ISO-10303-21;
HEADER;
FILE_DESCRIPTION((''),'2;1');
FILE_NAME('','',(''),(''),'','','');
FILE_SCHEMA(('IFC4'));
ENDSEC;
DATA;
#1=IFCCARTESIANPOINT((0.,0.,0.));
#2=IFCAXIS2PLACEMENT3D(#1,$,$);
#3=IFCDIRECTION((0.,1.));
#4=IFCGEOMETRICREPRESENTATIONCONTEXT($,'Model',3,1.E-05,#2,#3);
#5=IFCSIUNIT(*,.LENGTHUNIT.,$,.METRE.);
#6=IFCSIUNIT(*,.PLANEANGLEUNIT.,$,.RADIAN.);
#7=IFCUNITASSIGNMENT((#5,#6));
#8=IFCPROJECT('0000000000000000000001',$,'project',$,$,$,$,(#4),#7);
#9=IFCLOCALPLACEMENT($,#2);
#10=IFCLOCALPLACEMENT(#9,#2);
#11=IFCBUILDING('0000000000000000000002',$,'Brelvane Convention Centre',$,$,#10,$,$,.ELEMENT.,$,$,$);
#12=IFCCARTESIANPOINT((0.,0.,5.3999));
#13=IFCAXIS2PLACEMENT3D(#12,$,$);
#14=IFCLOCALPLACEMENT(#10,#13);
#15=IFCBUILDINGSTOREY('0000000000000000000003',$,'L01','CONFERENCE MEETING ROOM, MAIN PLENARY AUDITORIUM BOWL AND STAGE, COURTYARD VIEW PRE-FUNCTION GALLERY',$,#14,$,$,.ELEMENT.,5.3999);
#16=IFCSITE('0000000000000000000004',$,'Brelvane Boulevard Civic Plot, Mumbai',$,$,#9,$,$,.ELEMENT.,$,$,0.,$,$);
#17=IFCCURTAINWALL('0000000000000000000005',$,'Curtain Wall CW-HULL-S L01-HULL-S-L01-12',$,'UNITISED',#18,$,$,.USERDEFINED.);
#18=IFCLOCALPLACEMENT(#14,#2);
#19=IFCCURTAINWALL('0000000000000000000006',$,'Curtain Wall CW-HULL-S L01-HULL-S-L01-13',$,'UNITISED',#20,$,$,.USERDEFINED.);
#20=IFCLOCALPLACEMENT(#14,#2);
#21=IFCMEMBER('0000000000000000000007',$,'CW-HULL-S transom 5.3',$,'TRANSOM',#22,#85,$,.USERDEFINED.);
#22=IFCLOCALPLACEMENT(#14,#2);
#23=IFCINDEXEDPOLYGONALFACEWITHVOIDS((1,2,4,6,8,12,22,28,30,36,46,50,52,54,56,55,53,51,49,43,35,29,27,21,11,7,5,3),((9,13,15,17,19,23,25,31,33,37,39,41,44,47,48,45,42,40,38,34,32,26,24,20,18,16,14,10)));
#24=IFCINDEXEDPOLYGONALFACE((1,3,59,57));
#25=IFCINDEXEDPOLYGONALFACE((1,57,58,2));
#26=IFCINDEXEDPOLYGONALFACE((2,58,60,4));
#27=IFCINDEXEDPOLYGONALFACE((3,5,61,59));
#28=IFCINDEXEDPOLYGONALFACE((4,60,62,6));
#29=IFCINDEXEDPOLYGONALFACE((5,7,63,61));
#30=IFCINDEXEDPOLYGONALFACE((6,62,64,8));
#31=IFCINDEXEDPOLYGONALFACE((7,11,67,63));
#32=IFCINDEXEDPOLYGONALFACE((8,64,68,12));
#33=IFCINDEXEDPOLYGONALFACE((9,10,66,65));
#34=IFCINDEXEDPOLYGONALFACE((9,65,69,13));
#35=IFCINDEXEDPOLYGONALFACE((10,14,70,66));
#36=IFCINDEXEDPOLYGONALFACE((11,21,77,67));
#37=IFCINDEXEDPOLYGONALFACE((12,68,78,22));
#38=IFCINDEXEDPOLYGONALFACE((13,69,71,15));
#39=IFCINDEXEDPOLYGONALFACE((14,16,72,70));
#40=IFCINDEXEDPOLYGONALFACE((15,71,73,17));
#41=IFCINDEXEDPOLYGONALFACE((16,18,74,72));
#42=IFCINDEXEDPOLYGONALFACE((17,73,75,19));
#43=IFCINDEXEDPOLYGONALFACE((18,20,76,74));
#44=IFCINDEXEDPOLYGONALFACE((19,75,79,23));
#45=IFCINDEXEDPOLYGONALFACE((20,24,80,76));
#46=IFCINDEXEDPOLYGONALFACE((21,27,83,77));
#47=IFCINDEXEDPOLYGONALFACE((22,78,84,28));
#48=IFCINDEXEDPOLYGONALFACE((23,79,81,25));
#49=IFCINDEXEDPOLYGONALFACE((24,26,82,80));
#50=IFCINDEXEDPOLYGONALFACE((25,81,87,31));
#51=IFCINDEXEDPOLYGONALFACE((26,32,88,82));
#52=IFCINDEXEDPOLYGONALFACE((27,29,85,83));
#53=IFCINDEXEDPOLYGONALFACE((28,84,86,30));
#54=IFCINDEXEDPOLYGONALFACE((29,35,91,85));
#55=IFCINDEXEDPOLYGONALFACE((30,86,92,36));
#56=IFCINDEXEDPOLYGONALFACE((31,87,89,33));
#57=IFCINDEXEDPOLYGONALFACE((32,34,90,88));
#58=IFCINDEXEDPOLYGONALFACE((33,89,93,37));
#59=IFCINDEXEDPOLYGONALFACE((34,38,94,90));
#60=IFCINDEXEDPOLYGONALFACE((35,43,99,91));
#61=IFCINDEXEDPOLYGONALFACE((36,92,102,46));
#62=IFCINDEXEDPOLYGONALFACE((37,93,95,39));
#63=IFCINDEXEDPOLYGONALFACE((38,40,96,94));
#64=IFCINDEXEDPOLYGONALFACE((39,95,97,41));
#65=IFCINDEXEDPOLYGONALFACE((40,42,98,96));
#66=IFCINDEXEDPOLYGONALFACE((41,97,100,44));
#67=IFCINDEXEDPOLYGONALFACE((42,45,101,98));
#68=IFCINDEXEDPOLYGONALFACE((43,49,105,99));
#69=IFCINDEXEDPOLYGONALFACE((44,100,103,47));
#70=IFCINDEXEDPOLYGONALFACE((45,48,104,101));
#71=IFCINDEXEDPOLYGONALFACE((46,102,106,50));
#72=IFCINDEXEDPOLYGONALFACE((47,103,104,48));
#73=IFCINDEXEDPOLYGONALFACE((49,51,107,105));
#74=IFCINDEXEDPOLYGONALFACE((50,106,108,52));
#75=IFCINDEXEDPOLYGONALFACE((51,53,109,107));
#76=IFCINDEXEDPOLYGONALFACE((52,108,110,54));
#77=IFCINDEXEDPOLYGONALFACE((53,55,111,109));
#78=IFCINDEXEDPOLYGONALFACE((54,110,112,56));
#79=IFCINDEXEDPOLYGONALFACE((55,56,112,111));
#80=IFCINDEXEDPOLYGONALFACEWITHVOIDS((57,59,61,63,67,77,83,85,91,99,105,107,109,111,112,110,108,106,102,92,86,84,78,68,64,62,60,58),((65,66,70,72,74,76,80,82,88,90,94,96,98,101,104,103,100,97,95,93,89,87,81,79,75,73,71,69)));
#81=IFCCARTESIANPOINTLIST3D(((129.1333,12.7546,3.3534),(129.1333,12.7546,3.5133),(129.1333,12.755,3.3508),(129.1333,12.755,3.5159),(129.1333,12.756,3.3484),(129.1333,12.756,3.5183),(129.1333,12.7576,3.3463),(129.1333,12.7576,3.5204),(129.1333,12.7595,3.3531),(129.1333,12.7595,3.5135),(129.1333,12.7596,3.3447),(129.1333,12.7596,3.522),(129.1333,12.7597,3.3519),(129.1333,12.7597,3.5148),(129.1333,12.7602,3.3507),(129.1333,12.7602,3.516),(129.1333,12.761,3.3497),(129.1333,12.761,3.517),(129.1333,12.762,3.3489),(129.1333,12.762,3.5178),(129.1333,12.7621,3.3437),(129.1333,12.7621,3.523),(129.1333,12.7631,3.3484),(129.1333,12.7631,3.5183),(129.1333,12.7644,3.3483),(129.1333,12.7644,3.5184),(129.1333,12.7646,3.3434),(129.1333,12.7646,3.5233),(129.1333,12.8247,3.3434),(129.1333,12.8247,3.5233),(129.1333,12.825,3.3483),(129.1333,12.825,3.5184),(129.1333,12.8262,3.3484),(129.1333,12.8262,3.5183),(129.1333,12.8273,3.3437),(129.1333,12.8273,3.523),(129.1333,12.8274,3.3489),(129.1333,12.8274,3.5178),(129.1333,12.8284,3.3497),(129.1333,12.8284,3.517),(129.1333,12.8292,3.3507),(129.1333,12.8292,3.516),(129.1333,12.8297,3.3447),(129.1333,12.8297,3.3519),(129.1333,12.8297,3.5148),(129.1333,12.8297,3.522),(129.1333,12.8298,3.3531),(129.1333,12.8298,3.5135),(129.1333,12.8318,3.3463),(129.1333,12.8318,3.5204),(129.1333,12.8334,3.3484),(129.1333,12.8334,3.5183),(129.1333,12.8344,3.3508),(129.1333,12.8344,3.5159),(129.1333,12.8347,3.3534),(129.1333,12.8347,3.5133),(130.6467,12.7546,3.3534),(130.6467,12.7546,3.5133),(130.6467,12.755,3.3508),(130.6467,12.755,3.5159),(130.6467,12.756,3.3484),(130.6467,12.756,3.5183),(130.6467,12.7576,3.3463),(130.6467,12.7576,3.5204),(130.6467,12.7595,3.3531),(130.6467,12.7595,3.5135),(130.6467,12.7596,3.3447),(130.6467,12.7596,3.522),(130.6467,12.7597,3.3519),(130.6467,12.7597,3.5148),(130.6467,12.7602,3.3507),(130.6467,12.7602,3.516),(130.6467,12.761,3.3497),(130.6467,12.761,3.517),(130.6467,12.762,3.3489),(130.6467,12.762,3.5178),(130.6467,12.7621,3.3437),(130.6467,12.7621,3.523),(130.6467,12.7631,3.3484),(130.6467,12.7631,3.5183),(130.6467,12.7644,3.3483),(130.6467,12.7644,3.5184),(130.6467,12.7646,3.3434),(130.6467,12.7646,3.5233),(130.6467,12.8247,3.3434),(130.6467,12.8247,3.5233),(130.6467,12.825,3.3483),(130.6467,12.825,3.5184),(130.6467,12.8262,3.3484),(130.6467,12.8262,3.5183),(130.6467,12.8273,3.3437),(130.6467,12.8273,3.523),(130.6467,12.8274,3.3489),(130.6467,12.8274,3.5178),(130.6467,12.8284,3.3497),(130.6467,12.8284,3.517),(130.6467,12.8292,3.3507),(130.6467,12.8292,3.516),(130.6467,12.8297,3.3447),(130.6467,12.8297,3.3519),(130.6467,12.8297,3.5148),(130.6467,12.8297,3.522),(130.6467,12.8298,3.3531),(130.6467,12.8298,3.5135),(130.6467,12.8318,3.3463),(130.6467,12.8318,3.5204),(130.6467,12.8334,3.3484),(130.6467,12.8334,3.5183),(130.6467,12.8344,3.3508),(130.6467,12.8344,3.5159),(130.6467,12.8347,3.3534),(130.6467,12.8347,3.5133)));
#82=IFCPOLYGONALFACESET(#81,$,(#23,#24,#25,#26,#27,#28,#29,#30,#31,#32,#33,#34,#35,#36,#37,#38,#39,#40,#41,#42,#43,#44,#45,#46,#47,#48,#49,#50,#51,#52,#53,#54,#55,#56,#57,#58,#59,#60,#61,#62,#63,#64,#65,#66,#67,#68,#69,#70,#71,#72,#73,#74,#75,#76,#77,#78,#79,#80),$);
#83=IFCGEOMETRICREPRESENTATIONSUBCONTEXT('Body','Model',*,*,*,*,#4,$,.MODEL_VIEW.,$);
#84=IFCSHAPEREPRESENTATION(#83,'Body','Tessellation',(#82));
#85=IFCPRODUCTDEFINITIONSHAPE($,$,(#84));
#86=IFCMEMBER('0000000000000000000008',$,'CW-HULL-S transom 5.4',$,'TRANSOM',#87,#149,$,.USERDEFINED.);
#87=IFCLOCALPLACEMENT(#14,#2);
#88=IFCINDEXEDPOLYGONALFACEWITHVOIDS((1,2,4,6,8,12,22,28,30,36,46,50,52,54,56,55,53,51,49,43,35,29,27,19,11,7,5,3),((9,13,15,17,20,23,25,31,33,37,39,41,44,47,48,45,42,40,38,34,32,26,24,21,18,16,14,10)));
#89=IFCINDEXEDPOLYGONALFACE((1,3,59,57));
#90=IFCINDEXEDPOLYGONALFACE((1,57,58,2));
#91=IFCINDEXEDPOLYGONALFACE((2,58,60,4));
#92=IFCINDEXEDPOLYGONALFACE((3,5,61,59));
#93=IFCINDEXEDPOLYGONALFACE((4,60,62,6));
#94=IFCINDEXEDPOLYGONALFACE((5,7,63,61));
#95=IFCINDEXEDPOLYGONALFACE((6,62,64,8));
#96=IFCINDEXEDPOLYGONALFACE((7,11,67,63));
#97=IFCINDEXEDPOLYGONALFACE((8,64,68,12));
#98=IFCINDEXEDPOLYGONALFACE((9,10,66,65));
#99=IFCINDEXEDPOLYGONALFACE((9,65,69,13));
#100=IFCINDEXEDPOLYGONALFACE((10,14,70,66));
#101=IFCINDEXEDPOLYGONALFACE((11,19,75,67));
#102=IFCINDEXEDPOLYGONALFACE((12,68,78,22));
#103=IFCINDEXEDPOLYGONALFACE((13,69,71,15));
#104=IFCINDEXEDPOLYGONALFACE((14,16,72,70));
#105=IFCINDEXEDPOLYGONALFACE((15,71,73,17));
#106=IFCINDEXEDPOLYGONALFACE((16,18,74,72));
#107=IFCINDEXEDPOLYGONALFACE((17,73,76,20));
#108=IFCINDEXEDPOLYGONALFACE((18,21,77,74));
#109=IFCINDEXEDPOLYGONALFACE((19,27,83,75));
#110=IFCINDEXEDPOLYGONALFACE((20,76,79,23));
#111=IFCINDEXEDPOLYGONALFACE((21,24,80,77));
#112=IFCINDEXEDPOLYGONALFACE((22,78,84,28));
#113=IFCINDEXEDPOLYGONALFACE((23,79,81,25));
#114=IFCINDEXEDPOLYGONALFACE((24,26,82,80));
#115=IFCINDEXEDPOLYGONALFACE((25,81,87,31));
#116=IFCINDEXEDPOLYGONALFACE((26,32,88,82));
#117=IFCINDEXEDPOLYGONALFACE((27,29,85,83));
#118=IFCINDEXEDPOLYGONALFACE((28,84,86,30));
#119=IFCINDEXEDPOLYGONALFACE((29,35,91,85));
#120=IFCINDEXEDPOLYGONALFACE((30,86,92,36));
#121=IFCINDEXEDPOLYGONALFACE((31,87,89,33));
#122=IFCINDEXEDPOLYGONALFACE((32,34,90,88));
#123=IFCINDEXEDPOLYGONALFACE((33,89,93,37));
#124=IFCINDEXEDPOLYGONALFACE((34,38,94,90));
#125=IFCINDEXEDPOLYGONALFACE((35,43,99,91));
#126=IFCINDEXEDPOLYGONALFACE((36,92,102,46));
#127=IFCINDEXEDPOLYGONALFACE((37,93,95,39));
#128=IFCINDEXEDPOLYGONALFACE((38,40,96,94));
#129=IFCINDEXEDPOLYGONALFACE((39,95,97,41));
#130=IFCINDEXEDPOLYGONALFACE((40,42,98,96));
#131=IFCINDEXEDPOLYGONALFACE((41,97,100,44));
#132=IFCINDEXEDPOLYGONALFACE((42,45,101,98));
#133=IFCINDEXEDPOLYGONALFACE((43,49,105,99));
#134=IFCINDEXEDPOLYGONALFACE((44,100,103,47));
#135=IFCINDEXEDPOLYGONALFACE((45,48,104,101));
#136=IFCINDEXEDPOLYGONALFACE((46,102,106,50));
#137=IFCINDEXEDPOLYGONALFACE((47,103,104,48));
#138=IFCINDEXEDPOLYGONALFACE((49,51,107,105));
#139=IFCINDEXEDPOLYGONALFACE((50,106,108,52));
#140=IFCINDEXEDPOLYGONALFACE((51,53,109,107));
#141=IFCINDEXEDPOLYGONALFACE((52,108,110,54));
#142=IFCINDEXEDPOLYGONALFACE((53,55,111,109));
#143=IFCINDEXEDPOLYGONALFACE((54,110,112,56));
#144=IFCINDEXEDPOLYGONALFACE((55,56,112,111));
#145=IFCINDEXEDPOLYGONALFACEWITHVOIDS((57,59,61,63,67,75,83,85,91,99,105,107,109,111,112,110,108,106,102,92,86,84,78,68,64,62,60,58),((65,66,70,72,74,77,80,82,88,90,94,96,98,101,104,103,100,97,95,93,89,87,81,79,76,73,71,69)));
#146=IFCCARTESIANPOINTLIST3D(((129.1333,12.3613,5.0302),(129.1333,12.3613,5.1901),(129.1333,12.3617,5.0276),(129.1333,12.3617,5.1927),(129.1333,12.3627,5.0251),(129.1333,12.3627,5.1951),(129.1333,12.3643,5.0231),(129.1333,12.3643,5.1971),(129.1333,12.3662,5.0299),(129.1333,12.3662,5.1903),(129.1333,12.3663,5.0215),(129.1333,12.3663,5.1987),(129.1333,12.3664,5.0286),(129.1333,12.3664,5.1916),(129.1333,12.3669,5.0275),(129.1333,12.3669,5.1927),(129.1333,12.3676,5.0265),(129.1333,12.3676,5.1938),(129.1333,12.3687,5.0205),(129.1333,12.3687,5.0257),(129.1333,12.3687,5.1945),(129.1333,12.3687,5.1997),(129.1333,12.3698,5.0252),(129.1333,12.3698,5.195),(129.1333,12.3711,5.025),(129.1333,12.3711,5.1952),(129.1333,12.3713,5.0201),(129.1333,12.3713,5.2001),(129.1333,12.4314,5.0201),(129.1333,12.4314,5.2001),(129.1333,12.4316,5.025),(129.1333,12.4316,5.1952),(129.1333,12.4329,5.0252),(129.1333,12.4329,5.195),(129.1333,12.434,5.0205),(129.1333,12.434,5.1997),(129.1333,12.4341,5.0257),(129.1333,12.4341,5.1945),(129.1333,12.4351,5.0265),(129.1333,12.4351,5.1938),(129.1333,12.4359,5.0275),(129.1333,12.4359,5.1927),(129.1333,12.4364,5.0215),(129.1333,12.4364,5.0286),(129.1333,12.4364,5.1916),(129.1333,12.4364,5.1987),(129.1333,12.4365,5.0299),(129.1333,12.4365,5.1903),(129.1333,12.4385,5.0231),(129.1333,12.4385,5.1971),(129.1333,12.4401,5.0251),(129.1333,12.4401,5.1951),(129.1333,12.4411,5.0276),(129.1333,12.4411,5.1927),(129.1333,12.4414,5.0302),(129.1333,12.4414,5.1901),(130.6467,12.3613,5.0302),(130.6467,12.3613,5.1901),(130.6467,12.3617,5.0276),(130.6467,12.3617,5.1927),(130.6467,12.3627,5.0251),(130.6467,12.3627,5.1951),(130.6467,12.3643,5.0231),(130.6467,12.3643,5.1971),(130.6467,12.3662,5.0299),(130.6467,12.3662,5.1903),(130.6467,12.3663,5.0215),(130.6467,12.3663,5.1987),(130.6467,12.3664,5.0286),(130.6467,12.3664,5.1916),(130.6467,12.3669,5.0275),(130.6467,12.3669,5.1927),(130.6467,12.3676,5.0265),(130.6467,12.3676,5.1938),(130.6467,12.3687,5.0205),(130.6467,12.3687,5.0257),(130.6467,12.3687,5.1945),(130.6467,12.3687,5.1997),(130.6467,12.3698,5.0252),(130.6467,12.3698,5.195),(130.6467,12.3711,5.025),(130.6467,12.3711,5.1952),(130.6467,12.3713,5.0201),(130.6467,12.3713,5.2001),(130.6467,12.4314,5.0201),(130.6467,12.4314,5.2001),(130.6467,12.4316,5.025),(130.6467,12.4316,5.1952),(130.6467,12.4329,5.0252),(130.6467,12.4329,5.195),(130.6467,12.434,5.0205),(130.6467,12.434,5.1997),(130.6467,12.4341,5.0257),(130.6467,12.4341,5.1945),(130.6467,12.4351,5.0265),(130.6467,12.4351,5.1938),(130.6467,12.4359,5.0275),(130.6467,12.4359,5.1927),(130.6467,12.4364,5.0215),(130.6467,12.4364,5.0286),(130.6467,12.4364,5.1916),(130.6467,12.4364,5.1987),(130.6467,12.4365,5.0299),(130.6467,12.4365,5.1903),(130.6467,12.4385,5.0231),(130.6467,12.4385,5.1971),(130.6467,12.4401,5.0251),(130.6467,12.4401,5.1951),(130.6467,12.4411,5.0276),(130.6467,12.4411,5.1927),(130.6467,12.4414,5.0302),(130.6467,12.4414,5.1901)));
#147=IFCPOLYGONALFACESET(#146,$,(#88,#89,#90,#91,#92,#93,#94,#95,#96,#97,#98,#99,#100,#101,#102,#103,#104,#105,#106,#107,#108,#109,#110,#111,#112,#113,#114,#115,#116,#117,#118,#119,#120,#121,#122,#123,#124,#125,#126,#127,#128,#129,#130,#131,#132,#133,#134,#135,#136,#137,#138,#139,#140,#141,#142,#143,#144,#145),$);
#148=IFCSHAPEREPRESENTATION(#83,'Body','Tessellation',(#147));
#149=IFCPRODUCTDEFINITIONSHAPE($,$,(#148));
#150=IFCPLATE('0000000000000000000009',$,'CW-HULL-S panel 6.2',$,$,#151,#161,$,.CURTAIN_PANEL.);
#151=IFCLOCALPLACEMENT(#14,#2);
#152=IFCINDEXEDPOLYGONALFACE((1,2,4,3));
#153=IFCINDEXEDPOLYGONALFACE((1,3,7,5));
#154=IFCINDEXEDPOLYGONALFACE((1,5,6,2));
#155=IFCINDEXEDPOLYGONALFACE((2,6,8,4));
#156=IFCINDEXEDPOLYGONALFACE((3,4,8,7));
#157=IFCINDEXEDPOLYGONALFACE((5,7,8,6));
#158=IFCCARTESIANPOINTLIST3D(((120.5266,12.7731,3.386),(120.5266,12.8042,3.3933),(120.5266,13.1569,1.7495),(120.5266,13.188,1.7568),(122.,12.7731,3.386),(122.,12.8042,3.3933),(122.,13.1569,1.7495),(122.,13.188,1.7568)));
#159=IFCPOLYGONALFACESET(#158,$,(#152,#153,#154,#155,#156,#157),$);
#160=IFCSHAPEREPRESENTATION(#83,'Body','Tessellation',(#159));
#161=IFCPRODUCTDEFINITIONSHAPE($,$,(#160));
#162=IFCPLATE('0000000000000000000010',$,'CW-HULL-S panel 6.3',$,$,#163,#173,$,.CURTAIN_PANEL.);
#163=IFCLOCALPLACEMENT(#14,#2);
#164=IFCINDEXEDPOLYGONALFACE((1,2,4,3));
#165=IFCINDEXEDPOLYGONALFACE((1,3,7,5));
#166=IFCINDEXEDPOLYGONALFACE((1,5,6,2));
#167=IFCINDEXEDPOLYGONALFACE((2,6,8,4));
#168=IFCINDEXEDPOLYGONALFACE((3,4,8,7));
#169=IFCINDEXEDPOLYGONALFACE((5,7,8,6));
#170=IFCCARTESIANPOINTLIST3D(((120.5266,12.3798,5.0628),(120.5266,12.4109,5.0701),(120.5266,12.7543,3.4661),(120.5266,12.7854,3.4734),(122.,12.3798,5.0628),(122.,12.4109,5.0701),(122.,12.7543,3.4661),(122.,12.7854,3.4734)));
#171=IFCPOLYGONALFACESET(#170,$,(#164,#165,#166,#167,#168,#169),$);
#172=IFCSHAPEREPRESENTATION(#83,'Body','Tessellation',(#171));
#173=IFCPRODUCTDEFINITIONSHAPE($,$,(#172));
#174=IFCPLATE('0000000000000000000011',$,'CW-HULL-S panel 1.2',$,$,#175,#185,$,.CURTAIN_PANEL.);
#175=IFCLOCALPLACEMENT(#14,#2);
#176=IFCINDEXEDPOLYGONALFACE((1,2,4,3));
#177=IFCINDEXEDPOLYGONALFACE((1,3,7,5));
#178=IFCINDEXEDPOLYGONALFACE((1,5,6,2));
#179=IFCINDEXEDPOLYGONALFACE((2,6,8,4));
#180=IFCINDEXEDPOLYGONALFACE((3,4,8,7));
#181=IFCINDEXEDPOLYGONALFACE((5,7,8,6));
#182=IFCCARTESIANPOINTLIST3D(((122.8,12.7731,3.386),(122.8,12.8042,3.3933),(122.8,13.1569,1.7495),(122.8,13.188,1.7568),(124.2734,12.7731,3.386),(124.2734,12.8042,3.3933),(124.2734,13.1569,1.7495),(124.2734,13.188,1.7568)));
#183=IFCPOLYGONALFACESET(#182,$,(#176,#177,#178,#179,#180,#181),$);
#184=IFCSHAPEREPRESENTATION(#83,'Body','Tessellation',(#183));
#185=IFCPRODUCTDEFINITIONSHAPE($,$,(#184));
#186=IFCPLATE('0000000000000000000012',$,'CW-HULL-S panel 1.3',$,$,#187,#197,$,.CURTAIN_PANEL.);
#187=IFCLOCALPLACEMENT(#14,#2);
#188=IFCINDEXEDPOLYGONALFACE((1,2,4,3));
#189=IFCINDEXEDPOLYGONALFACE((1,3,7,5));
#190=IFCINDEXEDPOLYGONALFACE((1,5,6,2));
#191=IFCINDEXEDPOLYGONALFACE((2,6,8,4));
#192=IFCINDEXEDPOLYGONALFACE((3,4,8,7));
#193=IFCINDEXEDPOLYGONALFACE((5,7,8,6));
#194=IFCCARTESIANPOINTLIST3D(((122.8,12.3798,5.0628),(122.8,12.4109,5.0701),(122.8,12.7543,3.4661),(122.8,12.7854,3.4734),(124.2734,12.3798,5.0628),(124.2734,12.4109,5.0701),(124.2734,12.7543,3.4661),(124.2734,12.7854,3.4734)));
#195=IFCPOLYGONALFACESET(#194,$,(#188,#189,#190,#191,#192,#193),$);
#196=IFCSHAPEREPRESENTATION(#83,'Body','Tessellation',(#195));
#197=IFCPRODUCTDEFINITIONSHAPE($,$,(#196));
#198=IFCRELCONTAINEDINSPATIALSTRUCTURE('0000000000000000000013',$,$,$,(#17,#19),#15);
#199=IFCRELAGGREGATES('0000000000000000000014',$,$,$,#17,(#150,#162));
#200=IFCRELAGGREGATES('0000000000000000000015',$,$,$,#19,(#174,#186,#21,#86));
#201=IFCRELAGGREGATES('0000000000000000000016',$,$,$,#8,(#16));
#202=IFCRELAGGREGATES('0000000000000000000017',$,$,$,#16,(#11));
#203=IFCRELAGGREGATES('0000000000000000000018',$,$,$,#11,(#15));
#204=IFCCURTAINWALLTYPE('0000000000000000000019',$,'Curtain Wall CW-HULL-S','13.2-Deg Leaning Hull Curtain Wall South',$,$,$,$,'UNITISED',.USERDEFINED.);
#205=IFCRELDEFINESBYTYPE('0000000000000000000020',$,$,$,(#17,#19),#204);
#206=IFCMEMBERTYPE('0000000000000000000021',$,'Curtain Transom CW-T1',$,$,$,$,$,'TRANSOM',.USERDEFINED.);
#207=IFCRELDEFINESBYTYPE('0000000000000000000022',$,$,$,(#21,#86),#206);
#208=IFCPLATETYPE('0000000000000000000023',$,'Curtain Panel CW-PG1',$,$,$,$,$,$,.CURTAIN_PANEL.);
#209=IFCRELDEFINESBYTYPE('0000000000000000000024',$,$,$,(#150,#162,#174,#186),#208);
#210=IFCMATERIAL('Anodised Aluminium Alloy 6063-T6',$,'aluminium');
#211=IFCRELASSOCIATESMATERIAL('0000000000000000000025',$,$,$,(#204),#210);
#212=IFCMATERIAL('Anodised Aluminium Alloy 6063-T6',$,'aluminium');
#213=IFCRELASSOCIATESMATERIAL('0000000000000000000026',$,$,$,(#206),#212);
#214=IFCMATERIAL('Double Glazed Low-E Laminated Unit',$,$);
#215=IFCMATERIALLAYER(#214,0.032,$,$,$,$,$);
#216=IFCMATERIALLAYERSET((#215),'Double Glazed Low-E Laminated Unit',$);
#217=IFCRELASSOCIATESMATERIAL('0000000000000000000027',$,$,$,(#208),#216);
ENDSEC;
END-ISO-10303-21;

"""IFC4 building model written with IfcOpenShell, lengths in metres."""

from ifc_helpers import new_model, si_unit, direction, frame, origin, origin_2d, place, context, subcontext, project, spatial, polyline, hollow_rectangle, outline, extrude, material, layer, layer_set, material_profile, profile_set, type_object, element, aggregate, save


model = new_model("IFC4")

# Units and contexts
model_context = context("Model", 3, precision=1e-05, world=origin(), true_north=direction((0.0, 1.0)))
body_context = subcontext(model_context, "Body", "Model", "MODEL_VIEW")
ifc_project = project(units=[si_unit("LENGTHUNIT", "METRE"), si_unit("PLANEANGLEUNIT", "RADIAN")], contexts=[model_context])

# Site, building, storey
site_placement = place(None, origin())
site = spatial("IfcSite", under=ifc_project, at=site_placement, Name="Brelvane Boulevard Civic Plot, Mumbai", CompositionType="ELEMENT", RefElevation=0.0)
building_placement = place(site_placement, origin())
building = spatial("IfcBuilding", under=site, at=building_placement, Name="Brelvane Convention Centre", CompositionType="ELEMENT")
storey_placement = place(building_placement, frame((0.0, 0.0, 5.3999)))
storey = spatial("IfcBuildingStorey", under=building, at=storey_placement, Name="L01", Description="CONFERENCE MEETING ROOM, MAIN PLENARY AUDITORIUM BOWL AND STAGE, COURTYARD VIEW PRE-FUNCTION GALLERY", CompositionType="ELEMENT", Elevation=5.3999)

# Curtain walls, members
ifc_material_1 = material(Name="Anodised Aluminium Alloy 6063-T6", Category="aluminium")
curtain_wall_type = type_object("IfcCurtainWallType", Name="Curtain Wall CW-HULL-S", Description="13.2-Deg Leaning Hull Curtain Wall South", ElementType="UNITISED", PredefinedType="USERDEFINED", material=ifc_material_1)
curtain_wall_1_placement = place(storey_placement, origin())
curtain_wall_1 = element("IfcCurtainWall", 1, at=curtain_wall_1_placement, inside=storey, type_object=curtain_wall_type, Name="Curtain Wall CW-HULL-S L01-HULL-S-L01-12", ObjectType="UNITISED", PredefinedType="USERDEFINED")
ifc_material_2 = material(Name="Anodised Aluminium Alloy 6063-T6", Category="aluminium")
ifc_material_profile = material_profile(ifc_material_2, hollow_rectangle(XDim=0.0801, YDim=0.1799, WallThickness=0.0049, InnerFilletRadius=0.0049, OuterFilletRadius=0.01, at=origin_2d()), Name="ALU-T 180x80x5.0")
ifc_profile_set = profile_set([ifc_material_profile], Name="Anodised Aluminium Alloy 6063-T6")
member_type = type_object("IfcMemberType", Name="Curtain Transom CW-T1", ElementType="TRANSOM", PredefinedType="USERDEFINED", material=ifc_profile_set)
curtain_wall_2_placement = place(storey_placement, origin())
curtain_wall_2 = element("IfcCurtainWall", 2, at=curtain_wall_2_placement, inside=storey, type_object=curtain_wall_type, Name="Curtain Wall CW-HULL-S L01-HULL-S-L01-13", ObjectType="UNITISED", PredefinedType="USERDEFINED")
member_1_placement = place(storey_placement, frame((129.1333, 12.7947, 3.4333), z_axis=(1.0, 0.0, 0.0), x_axis=(0.0, 1.0, 0.0)))
member_1 = element("IfcMember", 3, at=member_1_placement, type_object=member_type, Name="CW-HULL-S transom 5.3", ObjectType="TRANSOM", PredefinedType="USERDEFINED", context=body_context, shape_type="SweptSolid", body=[
    extrude(hollow_rectangle(XDim=0.0801, YDim=0.1799, WallThickness=0.0049, InnerFilletRadius=0.0049, OuterFilletRadius=0.01, at=origin_2d()), origin(), (0.0, 0.0, 1.0), 1.5134),
])
member_2_placement = place(storey_placement, frame((129.1333, 12.4014, 5.1101), z_axis=(1.0, 0.0, 0.0), x_axis=(0.0, 1.0, 0.0)))
member_2 = element("IfcMember", 4, at=member_2_placement, type_object=member_type, Name="CW-HULL-S transom 5.4", ObjectType="TRANSOM", PredefinedType="USERDEFINED", context=body_context, shape_type="SweptSolid", body=[
    extrude(hollow_rectangle(XDim=0.0801, YDim=0.1799, WallThickness=0.0049, InnerFilletRadius=0.0049, OuterFilletRadius=0.01, at=origin_2d()), origin(), (0.0, 0.0, 1.0), 1.5134),
])

# Plates
ifc_material_3 = material(Name="Double Glazed Low-E Laminated Unit")
ifc_layer_1 = layer(ifc_material_3, 0.032)
ifc_layer_set_1 = layer_set([ifc_layer_1], Name="Double Glazed Low-E Laminated Unit")
plate_type_1 = type_object("IfcPlateType", Name="Curtain Panel CW-PG1", PredefinedType="CURTAIN_PANEL", material=ifc_layer_set_1)
plate_1_placement = place(storey_placement, frame((120.5266, 13.188, 1.7568), z_axis=(0.0, 0.973585, 0.228327), x_axis=(1.0, 0.0, 0.0)))
plate_1 = element("IfcPlate", 5, at=plate_1_placement, type_object=plate_type_1, Name="CW-HULL-S panel 6.2", PredefinedType="CURTAIN_PANEL", context=body_context, shape_type="SweptSolid", body=[
    extrude(outline(polyline([(0.0, 0.0), (1.4734, 0.0), (1.4734, -1.6809), (0.0, -1.6809), (0.0, 0.0)])), origin(), (0.0, 0.0, -1.0), 0.032),
])
plate_2_placement = place(storey_placement, frame((120.5266, 12.7854, 3.4734), z_axis=(0.0, 0.973577, 0.228359), x_axis=(1.0, 0.0, 0.0)))
plate_2 = element("IfcPlate", 6, at=plate_2_placement, type_object=plate_type_1, Name="CW-HULL-S panel 6.3", PredefinedType="CURTAIN_PANEL", context=body_context, shape_type="SweptSolid", body=[
    extrude(outline(polyline([(0.0, 0.0), (1.4734, 0.0), (1.4734, -1.64), (0.0, -1.64), (0.0, 0.0)])), origin(), (0.0, 0.0, -1.0), 0.032),
])
plate_3_placement = place(storey_placement, frame((122.8, 13.188, 1.7568), z_axis=(0.0, 0.973585, 0.228327), x_axis=(1.0, 0.0, 0.0)))
plate_3 = element("IfcPlate", 7, at=plate_3_placement, type_object=plate_type_1, Name="CW-HULL-S panel 1.2", PredefinedType="CURTAIN_PANEL", context=body_context, shape_type="SweptSolid", body=[
    extrude(outline(polyline([(0.0, 0.0), (1.4734, 0.0), (1.4734, -1.6809), (0.0, -1.6809), (0.0, 0.0)])), origin(), (0.0, 0.0, -1.0), 0.032),
])
plate_4_placement = place(storey_placement, frame((122.8, 12.7854, 3.4734), z_axis=(0.0, 0.973577, 0.228359), x_axis=(1.0, 0.0, 0.0)))
plate_4 = element("IfcPlate", 8, at=plate_4_placement, type_object=plate_type_1, Name="CW-HULL-S panel 1.3", PredefinedType="CURTAIN_PANEL", context=body_context, shape_type="SweptSolid", body=[
    extrude(outline(polyline([(0.0, 0.0), (1.4734, 0.0), (1.4734, -1.64), (0.0, -1.64), (0.0, 0.0)])), origin(), (0.0, 0.0, -1.0), 0.032),
])
aggregate(curtain_wall_1, [plate_1, plate_2])
aggregate(curtain_wall_2, [plate_3, plate_4, member_1, member_2])

save(model, "model.ifc")
